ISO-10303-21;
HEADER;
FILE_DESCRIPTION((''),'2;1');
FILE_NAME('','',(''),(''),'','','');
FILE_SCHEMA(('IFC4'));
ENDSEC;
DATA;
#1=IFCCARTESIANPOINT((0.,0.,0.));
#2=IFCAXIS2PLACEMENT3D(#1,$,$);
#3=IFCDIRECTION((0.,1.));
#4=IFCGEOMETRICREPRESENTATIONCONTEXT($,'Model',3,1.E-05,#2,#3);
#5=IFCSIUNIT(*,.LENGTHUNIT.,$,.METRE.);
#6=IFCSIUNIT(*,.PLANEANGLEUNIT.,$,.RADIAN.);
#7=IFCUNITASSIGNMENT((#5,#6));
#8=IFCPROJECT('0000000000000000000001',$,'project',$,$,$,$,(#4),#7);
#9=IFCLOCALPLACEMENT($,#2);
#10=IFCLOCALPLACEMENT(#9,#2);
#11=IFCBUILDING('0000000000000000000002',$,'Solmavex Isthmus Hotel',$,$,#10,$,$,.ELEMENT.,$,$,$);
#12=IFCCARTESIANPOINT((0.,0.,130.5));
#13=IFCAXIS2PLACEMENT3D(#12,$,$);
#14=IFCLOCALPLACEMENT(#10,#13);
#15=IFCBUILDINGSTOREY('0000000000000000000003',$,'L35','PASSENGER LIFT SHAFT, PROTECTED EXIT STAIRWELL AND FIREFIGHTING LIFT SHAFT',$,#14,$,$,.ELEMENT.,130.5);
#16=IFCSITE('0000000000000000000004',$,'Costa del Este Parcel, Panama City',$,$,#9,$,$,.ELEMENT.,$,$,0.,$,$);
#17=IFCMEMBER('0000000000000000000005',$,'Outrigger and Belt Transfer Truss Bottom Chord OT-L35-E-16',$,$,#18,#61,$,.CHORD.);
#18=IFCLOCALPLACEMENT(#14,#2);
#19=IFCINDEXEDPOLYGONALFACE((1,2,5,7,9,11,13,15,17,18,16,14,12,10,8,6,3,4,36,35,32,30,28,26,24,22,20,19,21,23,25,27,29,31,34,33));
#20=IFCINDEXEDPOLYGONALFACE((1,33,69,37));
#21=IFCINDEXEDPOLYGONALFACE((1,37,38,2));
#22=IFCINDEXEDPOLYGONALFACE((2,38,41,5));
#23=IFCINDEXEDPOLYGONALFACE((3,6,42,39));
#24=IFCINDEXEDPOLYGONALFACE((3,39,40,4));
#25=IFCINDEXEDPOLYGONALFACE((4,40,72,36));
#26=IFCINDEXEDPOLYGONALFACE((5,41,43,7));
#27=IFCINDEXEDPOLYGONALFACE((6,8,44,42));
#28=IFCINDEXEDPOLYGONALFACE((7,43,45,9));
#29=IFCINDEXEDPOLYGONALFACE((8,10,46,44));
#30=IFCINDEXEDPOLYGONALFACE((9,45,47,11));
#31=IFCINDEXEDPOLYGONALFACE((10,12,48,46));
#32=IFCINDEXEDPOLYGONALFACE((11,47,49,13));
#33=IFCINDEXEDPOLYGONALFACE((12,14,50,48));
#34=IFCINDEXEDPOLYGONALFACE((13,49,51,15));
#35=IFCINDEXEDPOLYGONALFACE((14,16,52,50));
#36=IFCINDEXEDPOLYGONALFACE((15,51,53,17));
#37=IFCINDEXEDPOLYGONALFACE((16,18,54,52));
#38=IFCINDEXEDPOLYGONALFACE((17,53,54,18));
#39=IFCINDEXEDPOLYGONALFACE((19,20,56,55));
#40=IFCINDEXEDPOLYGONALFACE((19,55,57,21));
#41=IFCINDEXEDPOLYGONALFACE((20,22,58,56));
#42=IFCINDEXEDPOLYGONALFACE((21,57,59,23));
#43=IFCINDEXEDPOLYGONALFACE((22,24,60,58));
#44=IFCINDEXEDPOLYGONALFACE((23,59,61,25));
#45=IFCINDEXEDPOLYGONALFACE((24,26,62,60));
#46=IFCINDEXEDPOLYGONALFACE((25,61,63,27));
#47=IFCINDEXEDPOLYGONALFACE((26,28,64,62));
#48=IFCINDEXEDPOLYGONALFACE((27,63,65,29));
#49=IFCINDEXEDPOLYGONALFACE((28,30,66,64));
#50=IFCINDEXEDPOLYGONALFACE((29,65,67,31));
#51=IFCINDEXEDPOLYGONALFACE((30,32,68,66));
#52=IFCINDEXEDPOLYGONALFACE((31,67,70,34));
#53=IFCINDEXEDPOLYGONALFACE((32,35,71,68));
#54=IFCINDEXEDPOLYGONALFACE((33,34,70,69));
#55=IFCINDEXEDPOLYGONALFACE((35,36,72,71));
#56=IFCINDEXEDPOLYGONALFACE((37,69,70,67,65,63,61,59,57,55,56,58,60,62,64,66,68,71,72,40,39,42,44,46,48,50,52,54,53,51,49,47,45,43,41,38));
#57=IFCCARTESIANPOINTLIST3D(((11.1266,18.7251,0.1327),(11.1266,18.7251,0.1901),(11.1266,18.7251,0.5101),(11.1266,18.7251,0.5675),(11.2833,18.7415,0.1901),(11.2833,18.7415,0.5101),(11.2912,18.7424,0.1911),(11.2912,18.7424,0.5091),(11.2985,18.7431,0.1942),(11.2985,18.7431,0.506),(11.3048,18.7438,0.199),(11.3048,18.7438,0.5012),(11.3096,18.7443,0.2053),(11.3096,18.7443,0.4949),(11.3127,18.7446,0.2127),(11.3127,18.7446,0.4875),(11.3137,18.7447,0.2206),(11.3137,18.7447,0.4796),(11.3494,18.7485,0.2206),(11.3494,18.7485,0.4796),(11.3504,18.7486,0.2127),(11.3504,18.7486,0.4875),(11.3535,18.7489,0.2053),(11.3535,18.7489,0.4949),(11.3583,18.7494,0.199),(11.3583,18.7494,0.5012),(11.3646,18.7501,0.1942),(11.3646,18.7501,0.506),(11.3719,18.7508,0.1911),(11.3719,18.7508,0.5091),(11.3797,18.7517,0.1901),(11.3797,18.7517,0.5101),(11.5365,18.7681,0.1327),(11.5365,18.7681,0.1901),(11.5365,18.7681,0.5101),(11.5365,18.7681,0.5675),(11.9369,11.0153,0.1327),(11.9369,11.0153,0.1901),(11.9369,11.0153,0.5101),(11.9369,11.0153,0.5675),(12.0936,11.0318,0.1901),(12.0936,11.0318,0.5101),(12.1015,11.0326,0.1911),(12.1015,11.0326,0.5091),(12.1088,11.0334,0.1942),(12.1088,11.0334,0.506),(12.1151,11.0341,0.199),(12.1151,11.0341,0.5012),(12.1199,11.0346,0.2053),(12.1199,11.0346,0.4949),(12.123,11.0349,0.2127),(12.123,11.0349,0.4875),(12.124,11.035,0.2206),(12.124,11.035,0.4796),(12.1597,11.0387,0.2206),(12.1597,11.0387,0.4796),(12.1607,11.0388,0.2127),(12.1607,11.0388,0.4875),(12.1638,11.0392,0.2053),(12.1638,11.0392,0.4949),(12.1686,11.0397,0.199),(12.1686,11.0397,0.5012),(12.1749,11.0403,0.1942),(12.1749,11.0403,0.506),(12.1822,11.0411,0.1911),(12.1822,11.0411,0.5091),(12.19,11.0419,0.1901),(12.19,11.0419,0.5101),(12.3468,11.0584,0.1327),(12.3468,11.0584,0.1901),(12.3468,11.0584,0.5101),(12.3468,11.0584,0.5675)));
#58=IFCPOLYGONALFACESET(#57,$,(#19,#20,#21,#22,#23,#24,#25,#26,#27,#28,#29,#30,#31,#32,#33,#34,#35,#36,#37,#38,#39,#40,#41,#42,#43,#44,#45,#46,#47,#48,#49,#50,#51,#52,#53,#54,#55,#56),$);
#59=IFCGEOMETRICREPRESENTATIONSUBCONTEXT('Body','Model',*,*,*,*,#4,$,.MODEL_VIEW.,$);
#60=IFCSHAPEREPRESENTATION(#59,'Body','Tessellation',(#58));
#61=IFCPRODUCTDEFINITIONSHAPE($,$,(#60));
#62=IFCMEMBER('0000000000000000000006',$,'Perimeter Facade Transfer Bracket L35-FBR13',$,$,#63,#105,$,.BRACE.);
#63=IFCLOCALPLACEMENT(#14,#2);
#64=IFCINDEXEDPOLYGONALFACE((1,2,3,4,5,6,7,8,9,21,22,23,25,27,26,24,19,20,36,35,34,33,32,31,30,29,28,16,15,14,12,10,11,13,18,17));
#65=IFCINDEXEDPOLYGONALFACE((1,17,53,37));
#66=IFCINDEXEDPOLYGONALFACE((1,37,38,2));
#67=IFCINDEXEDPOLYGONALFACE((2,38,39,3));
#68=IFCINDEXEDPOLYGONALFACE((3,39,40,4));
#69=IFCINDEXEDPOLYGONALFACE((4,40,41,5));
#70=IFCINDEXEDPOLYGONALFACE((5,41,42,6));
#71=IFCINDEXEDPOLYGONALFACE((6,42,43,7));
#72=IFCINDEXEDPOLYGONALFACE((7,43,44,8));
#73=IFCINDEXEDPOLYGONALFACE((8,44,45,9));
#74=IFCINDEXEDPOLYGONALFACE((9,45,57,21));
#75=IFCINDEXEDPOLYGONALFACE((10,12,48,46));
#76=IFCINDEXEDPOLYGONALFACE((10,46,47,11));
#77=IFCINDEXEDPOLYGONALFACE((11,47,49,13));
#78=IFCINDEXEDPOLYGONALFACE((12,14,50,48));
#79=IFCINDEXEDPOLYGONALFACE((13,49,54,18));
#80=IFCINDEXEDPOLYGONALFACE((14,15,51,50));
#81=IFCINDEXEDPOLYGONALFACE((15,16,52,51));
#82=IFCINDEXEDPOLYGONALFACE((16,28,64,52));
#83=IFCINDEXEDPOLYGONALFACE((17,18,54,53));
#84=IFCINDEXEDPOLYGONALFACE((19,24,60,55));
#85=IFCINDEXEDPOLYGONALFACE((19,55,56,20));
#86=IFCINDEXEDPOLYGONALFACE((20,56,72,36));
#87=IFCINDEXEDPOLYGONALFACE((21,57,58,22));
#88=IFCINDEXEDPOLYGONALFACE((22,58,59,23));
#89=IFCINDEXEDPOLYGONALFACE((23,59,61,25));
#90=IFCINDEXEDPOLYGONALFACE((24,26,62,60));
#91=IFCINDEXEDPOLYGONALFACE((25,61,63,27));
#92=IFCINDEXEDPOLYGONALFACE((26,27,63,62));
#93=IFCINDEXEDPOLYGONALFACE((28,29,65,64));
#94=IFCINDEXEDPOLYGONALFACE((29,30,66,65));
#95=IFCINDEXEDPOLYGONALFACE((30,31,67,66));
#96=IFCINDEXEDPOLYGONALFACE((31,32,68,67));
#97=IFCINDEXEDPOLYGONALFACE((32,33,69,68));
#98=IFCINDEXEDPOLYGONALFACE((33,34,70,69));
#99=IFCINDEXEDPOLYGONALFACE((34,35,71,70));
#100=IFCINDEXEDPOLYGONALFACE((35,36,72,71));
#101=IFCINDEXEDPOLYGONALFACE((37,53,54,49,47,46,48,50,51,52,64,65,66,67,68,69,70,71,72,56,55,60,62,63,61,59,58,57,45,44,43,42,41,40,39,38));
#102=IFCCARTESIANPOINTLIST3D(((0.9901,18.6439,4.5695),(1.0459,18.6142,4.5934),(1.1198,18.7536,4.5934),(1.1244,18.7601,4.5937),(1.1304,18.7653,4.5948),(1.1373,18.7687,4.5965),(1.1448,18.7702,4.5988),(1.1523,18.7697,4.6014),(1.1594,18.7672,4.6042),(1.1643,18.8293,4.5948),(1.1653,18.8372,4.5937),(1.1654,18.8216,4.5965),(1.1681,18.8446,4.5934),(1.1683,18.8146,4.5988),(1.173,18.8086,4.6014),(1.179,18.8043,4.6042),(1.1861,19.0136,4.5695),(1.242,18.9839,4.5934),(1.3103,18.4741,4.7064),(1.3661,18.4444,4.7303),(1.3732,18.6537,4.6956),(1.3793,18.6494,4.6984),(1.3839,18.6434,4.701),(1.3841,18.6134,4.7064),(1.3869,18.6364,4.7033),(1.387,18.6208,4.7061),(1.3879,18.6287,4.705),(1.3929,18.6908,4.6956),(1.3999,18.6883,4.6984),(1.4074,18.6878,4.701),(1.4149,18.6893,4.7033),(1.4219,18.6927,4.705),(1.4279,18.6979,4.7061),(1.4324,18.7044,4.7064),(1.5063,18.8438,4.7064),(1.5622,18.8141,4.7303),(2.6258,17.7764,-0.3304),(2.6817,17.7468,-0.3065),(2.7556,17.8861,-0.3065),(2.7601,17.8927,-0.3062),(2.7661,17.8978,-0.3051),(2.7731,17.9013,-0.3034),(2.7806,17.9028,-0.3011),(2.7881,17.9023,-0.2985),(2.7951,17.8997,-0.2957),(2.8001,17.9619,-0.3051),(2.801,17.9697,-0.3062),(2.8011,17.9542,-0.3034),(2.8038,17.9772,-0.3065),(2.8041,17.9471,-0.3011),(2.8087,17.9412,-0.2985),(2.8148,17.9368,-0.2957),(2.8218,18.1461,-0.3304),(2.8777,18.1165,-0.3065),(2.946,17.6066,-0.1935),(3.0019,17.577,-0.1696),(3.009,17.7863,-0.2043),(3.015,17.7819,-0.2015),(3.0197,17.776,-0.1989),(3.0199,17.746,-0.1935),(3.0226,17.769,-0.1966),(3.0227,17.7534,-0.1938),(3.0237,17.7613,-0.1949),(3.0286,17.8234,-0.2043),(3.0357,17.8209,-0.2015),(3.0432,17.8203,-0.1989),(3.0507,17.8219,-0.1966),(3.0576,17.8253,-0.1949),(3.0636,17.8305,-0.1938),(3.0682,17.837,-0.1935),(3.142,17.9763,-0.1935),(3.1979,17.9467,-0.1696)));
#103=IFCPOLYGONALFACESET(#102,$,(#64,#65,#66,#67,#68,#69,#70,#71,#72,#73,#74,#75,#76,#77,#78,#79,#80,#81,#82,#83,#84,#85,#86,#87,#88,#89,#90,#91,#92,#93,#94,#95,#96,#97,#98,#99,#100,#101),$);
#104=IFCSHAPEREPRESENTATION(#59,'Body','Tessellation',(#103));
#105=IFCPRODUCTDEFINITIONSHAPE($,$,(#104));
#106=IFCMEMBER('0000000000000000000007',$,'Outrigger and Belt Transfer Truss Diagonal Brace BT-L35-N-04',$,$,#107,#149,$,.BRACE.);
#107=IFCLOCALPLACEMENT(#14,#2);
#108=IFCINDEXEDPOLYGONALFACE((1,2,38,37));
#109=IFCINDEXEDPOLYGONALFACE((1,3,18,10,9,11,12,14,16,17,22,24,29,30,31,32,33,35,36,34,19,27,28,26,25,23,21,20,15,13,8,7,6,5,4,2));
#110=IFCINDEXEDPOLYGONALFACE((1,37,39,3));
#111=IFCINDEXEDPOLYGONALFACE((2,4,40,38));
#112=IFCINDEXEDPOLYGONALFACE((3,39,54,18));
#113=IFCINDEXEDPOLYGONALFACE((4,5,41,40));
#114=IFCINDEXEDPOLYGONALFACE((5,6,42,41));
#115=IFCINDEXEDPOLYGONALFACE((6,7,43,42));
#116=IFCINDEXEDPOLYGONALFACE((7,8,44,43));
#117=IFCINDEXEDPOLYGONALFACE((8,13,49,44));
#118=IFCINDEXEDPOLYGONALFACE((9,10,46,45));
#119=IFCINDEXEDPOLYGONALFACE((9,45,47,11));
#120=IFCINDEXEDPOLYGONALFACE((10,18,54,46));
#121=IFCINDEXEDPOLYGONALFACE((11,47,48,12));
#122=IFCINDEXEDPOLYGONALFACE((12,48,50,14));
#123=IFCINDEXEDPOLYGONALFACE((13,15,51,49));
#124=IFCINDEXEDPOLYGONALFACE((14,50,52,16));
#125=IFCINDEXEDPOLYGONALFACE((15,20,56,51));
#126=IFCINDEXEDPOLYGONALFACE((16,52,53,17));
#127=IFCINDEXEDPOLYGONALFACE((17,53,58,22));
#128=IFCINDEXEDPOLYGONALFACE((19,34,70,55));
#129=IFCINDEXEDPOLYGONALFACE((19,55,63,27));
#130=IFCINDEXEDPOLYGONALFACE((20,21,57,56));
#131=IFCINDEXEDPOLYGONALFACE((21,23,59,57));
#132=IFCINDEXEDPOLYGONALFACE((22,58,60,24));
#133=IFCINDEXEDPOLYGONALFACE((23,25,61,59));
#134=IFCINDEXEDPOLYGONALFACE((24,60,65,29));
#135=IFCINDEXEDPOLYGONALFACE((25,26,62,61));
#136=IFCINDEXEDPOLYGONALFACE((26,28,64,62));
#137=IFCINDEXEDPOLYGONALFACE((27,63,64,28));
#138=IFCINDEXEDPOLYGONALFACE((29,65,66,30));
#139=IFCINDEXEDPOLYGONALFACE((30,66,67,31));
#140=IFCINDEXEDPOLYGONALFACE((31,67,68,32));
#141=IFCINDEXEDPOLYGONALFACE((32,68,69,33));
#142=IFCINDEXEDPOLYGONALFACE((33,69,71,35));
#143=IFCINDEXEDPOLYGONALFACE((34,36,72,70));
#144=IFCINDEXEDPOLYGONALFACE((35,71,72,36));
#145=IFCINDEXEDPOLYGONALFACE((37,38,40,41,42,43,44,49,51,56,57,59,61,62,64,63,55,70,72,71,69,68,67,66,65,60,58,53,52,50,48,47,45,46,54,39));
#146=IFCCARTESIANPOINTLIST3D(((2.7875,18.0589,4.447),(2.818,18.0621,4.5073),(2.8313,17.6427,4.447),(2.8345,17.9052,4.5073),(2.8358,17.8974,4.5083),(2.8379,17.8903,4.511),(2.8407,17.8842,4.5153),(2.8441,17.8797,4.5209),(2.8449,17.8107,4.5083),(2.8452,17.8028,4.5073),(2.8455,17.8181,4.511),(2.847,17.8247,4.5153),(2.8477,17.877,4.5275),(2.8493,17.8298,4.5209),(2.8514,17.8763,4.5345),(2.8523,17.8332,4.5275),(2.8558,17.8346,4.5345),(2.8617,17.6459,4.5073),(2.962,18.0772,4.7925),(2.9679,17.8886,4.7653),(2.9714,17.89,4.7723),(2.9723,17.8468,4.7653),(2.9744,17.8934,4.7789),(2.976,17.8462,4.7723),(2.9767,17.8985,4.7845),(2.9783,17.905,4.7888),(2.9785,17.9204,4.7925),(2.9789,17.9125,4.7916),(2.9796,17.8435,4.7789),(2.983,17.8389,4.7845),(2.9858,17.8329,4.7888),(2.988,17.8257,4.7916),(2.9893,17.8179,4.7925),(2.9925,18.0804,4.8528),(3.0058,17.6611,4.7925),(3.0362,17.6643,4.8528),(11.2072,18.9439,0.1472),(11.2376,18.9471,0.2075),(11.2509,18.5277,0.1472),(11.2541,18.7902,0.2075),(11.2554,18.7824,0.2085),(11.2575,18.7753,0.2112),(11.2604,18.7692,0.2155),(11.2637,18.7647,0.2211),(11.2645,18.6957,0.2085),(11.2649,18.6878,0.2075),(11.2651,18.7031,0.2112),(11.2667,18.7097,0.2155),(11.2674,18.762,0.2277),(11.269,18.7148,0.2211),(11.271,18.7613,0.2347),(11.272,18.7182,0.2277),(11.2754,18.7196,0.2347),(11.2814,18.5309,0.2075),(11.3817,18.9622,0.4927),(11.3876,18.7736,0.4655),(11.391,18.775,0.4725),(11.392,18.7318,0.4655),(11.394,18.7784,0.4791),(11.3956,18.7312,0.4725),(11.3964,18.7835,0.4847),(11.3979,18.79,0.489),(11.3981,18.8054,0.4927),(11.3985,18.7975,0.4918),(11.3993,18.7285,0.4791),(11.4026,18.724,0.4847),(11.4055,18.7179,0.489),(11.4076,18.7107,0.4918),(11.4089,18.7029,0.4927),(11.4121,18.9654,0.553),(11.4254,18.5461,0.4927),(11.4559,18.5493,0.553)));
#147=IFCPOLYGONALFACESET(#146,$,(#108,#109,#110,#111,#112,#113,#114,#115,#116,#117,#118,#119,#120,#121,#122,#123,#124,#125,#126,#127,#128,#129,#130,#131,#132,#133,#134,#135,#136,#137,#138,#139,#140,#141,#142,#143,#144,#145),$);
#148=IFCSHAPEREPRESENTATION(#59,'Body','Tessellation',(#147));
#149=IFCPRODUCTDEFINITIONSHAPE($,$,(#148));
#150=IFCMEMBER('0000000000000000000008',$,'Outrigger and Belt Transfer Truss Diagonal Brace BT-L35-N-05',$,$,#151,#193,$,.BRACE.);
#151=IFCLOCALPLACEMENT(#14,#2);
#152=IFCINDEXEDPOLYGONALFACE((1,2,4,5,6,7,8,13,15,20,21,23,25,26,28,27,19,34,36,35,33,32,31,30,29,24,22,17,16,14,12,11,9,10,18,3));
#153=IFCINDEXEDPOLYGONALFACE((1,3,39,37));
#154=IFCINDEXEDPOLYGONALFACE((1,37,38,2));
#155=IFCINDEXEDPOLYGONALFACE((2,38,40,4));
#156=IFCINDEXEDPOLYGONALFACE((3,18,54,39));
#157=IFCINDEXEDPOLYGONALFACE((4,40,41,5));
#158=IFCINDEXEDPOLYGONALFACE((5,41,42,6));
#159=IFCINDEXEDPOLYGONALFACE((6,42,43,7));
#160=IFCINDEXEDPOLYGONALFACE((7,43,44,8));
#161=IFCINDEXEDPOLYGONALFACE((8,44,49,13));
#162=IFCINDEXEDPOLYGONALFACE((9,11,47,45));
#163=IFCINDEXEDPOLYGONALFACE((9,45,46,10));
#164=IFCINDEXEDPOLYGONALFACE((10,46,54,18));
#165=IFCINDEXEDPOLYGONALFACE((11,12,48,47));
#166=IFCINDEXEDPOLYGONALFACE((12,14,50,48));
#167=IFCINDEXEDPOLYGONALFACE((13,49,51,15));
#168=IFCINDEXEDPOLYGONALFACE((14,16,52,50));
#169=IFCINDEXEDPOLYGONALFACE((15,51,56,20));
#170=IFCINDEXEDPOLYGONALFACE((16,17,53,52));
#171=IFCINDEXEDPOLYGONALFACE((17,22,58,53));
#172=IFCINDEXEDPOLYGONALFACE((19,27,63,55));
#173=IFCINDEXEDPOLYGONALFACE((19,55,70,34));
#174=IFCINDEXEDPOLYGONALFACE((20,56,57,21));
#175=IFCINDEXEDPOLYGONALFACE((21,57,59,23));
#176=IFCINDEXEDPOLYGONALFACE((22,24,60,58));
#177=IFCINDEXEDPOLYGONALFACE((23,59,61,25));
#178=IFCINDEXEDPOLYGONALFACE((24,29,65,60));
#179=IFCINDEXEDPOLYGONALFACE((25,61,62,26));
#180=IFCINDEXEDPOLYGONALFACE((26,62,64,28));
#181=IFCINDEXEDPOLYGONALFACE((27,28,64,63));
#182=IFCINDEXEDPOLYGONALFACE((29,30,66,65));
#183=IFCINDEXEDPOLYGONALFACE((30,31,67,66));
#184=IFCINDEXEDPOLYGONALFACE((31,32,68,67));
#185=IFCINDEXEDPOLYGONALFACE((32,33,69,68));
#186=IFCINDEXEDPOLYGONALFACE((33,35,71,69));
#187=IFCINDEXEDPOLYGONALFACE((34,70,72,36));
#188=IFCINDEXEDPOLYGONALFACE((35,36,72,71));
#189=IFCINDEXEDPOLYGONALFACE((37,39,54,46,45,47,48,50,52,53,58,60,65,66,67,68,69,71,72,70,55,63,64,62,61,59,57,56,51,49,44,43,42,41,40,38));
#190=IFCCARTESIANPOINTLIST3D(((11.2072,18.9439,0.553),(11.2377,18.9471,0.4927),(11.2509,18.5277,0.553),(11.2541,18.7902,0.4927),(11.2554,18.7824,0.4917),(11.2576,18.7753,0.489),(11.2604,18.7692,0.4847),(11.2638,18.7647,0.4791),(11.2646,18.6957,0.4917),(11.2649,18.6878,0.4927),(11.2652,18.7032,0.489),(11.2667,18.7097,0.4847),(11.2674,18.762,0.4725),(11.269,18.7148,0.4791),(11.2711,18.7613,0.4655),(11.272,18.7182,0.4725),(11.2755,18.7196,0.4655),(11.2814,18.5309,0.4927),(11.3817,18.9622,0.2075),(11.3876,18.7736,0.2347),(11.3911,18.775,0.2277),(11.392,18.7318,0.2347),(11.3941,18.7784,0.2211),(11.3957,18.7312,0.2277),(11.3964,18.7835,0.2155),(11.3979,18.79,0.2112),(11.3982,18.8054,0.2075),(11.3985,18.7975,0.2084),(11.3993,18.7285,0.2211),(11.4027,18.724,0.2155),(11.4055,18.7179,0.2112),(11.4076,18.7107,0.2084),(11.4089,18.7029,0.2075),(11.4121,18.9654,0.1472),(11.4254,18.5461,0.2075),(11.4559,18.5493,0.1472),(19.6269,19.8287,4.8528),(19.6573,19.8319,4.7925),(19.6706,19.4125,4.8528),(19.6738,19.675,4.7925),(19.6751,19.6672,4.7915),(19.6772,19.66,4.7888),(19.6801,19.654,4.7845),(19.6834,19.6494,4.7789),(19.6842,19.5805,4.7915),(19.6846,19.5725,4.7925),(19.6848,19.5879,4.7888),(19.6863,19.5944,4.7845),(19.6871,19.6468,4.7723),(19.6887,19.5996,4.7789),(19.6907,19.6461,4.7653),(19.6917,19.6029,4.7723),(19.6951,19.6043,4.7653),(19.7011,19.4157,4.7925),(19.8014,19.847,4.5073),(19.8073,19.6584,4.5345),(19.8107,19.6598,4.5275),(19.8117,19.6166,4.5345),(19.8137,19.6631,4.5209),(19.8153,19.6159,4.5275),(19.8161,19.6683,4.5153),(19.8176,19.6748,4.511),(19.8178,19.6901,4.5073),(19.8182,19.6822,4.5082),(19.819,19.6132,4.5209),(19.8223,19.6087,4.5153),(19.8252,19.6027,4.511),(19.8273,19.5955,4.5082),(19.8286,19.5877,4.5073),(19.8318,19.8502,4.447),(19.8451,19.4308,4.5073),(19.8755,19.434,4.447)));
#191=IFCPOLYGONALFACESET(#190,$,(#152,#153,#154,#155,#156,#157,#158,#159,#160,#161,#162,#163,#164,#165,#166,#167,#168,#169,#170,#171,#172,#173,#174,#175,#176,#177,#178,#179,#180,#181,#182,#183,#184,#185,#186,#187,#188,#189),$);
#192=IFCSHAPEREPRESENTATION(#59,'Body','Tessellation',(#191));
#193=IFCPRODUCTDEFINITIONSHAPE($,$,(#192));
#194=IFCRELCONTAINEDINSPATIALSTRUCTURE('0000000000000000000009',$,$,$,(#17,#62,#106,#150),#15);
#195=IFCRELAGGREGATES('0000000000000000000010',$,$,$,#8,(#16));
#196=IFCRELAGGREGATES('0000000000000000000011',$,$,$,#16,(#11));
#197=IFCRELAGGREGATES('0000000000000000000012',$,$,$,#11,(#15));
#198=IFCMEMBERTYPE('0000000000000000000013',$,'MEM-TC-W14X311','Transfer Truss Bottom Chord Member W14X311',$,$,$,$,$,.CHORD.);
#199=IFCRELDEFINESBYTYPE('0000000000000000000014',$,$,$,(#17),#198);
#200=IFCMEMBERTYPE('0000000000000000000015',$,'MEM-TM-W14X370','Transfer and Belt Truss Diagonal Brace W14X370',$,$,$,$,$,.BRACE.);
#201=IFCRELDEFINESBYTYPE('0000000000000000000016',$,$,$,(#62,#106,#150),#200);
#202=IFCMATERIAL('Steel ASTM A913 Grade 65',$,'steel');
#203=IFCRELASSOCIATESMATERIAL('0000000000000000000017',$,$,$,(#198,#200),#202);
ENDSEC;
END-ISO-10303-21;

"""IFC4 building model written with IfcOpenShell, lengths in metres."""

from ifc_helpers import new_model, si_unit, direction, frame, origin, origin_2d, place, context, subcontext, project, spatial, i_section, extrude, material, material_profile, profile_set, type_object, element, save


model = new_model("IFC4")

# Units and contexts
model_context = context("Model", 3, precision=1e-05, world=origin(), true_north=direction((0.0, 1.0)))
body_context = subcontext(model_context, "Body", "Model", "MODEL_VIEW")
ifc_project = project(units=[si_unit("LENGTHUNIT", "METRE"), si_unit("PLANEANGLEUNIT", "RADIAN")], contexts=[model_context])

# Site, building, storey
site_placement = place(None, origin())
site = spatial("IfcSite", under=ifc_project, at=site_placement, Name="Costa del Este Parcel, Panama City", CompositionType="ELEMENT", RefElevation=0.0)
building_placement = place(site_placement, origin())
building = spatial("IfcBuilding", under=site, at=building_placement, Name="Solmavex Isthmus Hotel", CompositionType="ELEMENT")
storey_placement = place(building_placement, frame((0.0, 0.0, 130.5)))
storey = spatial("IfcBuildingStorey", under=building, at=storey_placement, Name="L35", Description="PASSENGER LIFT SHAFT, PROTECTED EXIT STAIRWELL AND FIREFIGHTING LIFT SHAFT", CompositionType="ELEMENT", Elevation=130.5)

# Shared definitions
ifc_material_1 = material(Name="Steel ASTM A913 Grade 65", Category="steel")

# Members
ifc_material_profile_1 = material_profile(ifc_material_1, i_section(OverallWidth=0.4121, OverallDepth=0.4348, WebThickness=0.0359, FlangeThickness=0.0574, FilletRadius=0.0305, at=origin_2d()), Name="W14X311")
ifc_profile_set_1 = profile_set([ifc_material_profile_1], Name="Steel ASTM A913 Grade 65")
member_type_1 = type_object("IfcMemberType", Name="MEM-TC-W14X311", Description="Transfer Truss Bottom Chord Member W14X311", PredefinedType="CHORD", material=ifc_profile_set_1)
member_1_placement = place(storey_placement, frame((12.1418, 11.0369, 0.3501), z_axis=(-0.104526, 0.994522, 0.0), x_axis=(-0.994522, -0.104526, 0.0)))
element("IfcMember", 1, at=member_1_placement, inside=storey, type_object=member_type_1, Name="Outrigger and Belt Transfer Truss Bottom Chord OT-L35-E-16", PredefinedType="CHORD", context=body_context, shape_type="SweptSolid", body=[
    extrude(i_section(OverallWidth=0.4121, OverallDepth=0.4348, WebThickness=0.0359, FlangeThickness=0.0574, FilletRadius=0.0305, at=origin_2d()), origin(), (0.0, 0.0, 1.0), 7.7522),
])
ifc_material_profile_2 = material_profile(ifc_material_1, i_section(OverallWidth=0.4185, OverallDepth=0.4551, WebThickness=0.042, FlangeThickness=0.0676, FilletRadius=0.0305, at=origin_2d()), Name="W14X370")
ifc_profile_set_2 = profile_set([ifc_material_profile_2], Name="Steel ASTM A913 Grade 65")
member_type_2 = type_object("IfcMemberType", Name="MEM-TM-W14X370", Description="Transfer and Belt Truss Diagonal Brace W14X370", PredefinedType="BRACE", material=ifc_profile_set_2)
member_2_placement = place(storey_placement, frame((2.9119, 17.8616, -0.25), z_axis=(-0.312281, 0.165602, 0.935445), x_axis=(-0.4685, -0.883464, 0.0)))
element("IfcMember", 2, at=member_2_placement, inside=storey, type_object=member_type_2, Name="Perimeter Facade Transfer Bracket L35-FBR13", PredefinedType="BRACE", context=body_context, shape_type="SweptSolid", body=[
    extrude(i_section(OverallWidth=0.4185, OverallDepth=0.4551, WebThickness=0.042, FlangeThickness=0.0676, FilletRadius=0.0305, at=origin_2d()), origin(), (0.0, 0.0, 1.0), 5.238),
])
for number, where, z_axis, x_axis, name in (
    (3, (2.9119, 17.8616, 4.6499), (0.886712, 0.093204, -0.45283), (-0.104536, 0.994521, 0.0), "Outrigger and Belt Transfer Truss Diagonal Brace BT-L35-N-04"),
    (4, (11.3315, 18.7466, 0.3501), (0.886714, 0.093179, 0.452832), (-0.104508, 0.994524, 0.0), "Outrigger and Belt Transfer Truss Diagonal Brace BT-L35-N-05"),
):
    element("IfcMember", number, at=place(storey_placement, frame(where, z_axis=z_axis, x_axis=x_axis)), inside=storey, type_object=member_type_2, Name=name, PredefinedType="BRACE", context=body_context, shape_type="SweptSolid", body=[
        extrude(i_section(OverallWidth=0.4185, OverallDepth=0.4551, WebThickness=0.042, FlangeThickness=0.0676, FilletRadius=0.0305, at=origin_2d()), origin(), (0.0, 0.0, 1.0), 9.4954),
    ])

save(model, "model.ifc")
